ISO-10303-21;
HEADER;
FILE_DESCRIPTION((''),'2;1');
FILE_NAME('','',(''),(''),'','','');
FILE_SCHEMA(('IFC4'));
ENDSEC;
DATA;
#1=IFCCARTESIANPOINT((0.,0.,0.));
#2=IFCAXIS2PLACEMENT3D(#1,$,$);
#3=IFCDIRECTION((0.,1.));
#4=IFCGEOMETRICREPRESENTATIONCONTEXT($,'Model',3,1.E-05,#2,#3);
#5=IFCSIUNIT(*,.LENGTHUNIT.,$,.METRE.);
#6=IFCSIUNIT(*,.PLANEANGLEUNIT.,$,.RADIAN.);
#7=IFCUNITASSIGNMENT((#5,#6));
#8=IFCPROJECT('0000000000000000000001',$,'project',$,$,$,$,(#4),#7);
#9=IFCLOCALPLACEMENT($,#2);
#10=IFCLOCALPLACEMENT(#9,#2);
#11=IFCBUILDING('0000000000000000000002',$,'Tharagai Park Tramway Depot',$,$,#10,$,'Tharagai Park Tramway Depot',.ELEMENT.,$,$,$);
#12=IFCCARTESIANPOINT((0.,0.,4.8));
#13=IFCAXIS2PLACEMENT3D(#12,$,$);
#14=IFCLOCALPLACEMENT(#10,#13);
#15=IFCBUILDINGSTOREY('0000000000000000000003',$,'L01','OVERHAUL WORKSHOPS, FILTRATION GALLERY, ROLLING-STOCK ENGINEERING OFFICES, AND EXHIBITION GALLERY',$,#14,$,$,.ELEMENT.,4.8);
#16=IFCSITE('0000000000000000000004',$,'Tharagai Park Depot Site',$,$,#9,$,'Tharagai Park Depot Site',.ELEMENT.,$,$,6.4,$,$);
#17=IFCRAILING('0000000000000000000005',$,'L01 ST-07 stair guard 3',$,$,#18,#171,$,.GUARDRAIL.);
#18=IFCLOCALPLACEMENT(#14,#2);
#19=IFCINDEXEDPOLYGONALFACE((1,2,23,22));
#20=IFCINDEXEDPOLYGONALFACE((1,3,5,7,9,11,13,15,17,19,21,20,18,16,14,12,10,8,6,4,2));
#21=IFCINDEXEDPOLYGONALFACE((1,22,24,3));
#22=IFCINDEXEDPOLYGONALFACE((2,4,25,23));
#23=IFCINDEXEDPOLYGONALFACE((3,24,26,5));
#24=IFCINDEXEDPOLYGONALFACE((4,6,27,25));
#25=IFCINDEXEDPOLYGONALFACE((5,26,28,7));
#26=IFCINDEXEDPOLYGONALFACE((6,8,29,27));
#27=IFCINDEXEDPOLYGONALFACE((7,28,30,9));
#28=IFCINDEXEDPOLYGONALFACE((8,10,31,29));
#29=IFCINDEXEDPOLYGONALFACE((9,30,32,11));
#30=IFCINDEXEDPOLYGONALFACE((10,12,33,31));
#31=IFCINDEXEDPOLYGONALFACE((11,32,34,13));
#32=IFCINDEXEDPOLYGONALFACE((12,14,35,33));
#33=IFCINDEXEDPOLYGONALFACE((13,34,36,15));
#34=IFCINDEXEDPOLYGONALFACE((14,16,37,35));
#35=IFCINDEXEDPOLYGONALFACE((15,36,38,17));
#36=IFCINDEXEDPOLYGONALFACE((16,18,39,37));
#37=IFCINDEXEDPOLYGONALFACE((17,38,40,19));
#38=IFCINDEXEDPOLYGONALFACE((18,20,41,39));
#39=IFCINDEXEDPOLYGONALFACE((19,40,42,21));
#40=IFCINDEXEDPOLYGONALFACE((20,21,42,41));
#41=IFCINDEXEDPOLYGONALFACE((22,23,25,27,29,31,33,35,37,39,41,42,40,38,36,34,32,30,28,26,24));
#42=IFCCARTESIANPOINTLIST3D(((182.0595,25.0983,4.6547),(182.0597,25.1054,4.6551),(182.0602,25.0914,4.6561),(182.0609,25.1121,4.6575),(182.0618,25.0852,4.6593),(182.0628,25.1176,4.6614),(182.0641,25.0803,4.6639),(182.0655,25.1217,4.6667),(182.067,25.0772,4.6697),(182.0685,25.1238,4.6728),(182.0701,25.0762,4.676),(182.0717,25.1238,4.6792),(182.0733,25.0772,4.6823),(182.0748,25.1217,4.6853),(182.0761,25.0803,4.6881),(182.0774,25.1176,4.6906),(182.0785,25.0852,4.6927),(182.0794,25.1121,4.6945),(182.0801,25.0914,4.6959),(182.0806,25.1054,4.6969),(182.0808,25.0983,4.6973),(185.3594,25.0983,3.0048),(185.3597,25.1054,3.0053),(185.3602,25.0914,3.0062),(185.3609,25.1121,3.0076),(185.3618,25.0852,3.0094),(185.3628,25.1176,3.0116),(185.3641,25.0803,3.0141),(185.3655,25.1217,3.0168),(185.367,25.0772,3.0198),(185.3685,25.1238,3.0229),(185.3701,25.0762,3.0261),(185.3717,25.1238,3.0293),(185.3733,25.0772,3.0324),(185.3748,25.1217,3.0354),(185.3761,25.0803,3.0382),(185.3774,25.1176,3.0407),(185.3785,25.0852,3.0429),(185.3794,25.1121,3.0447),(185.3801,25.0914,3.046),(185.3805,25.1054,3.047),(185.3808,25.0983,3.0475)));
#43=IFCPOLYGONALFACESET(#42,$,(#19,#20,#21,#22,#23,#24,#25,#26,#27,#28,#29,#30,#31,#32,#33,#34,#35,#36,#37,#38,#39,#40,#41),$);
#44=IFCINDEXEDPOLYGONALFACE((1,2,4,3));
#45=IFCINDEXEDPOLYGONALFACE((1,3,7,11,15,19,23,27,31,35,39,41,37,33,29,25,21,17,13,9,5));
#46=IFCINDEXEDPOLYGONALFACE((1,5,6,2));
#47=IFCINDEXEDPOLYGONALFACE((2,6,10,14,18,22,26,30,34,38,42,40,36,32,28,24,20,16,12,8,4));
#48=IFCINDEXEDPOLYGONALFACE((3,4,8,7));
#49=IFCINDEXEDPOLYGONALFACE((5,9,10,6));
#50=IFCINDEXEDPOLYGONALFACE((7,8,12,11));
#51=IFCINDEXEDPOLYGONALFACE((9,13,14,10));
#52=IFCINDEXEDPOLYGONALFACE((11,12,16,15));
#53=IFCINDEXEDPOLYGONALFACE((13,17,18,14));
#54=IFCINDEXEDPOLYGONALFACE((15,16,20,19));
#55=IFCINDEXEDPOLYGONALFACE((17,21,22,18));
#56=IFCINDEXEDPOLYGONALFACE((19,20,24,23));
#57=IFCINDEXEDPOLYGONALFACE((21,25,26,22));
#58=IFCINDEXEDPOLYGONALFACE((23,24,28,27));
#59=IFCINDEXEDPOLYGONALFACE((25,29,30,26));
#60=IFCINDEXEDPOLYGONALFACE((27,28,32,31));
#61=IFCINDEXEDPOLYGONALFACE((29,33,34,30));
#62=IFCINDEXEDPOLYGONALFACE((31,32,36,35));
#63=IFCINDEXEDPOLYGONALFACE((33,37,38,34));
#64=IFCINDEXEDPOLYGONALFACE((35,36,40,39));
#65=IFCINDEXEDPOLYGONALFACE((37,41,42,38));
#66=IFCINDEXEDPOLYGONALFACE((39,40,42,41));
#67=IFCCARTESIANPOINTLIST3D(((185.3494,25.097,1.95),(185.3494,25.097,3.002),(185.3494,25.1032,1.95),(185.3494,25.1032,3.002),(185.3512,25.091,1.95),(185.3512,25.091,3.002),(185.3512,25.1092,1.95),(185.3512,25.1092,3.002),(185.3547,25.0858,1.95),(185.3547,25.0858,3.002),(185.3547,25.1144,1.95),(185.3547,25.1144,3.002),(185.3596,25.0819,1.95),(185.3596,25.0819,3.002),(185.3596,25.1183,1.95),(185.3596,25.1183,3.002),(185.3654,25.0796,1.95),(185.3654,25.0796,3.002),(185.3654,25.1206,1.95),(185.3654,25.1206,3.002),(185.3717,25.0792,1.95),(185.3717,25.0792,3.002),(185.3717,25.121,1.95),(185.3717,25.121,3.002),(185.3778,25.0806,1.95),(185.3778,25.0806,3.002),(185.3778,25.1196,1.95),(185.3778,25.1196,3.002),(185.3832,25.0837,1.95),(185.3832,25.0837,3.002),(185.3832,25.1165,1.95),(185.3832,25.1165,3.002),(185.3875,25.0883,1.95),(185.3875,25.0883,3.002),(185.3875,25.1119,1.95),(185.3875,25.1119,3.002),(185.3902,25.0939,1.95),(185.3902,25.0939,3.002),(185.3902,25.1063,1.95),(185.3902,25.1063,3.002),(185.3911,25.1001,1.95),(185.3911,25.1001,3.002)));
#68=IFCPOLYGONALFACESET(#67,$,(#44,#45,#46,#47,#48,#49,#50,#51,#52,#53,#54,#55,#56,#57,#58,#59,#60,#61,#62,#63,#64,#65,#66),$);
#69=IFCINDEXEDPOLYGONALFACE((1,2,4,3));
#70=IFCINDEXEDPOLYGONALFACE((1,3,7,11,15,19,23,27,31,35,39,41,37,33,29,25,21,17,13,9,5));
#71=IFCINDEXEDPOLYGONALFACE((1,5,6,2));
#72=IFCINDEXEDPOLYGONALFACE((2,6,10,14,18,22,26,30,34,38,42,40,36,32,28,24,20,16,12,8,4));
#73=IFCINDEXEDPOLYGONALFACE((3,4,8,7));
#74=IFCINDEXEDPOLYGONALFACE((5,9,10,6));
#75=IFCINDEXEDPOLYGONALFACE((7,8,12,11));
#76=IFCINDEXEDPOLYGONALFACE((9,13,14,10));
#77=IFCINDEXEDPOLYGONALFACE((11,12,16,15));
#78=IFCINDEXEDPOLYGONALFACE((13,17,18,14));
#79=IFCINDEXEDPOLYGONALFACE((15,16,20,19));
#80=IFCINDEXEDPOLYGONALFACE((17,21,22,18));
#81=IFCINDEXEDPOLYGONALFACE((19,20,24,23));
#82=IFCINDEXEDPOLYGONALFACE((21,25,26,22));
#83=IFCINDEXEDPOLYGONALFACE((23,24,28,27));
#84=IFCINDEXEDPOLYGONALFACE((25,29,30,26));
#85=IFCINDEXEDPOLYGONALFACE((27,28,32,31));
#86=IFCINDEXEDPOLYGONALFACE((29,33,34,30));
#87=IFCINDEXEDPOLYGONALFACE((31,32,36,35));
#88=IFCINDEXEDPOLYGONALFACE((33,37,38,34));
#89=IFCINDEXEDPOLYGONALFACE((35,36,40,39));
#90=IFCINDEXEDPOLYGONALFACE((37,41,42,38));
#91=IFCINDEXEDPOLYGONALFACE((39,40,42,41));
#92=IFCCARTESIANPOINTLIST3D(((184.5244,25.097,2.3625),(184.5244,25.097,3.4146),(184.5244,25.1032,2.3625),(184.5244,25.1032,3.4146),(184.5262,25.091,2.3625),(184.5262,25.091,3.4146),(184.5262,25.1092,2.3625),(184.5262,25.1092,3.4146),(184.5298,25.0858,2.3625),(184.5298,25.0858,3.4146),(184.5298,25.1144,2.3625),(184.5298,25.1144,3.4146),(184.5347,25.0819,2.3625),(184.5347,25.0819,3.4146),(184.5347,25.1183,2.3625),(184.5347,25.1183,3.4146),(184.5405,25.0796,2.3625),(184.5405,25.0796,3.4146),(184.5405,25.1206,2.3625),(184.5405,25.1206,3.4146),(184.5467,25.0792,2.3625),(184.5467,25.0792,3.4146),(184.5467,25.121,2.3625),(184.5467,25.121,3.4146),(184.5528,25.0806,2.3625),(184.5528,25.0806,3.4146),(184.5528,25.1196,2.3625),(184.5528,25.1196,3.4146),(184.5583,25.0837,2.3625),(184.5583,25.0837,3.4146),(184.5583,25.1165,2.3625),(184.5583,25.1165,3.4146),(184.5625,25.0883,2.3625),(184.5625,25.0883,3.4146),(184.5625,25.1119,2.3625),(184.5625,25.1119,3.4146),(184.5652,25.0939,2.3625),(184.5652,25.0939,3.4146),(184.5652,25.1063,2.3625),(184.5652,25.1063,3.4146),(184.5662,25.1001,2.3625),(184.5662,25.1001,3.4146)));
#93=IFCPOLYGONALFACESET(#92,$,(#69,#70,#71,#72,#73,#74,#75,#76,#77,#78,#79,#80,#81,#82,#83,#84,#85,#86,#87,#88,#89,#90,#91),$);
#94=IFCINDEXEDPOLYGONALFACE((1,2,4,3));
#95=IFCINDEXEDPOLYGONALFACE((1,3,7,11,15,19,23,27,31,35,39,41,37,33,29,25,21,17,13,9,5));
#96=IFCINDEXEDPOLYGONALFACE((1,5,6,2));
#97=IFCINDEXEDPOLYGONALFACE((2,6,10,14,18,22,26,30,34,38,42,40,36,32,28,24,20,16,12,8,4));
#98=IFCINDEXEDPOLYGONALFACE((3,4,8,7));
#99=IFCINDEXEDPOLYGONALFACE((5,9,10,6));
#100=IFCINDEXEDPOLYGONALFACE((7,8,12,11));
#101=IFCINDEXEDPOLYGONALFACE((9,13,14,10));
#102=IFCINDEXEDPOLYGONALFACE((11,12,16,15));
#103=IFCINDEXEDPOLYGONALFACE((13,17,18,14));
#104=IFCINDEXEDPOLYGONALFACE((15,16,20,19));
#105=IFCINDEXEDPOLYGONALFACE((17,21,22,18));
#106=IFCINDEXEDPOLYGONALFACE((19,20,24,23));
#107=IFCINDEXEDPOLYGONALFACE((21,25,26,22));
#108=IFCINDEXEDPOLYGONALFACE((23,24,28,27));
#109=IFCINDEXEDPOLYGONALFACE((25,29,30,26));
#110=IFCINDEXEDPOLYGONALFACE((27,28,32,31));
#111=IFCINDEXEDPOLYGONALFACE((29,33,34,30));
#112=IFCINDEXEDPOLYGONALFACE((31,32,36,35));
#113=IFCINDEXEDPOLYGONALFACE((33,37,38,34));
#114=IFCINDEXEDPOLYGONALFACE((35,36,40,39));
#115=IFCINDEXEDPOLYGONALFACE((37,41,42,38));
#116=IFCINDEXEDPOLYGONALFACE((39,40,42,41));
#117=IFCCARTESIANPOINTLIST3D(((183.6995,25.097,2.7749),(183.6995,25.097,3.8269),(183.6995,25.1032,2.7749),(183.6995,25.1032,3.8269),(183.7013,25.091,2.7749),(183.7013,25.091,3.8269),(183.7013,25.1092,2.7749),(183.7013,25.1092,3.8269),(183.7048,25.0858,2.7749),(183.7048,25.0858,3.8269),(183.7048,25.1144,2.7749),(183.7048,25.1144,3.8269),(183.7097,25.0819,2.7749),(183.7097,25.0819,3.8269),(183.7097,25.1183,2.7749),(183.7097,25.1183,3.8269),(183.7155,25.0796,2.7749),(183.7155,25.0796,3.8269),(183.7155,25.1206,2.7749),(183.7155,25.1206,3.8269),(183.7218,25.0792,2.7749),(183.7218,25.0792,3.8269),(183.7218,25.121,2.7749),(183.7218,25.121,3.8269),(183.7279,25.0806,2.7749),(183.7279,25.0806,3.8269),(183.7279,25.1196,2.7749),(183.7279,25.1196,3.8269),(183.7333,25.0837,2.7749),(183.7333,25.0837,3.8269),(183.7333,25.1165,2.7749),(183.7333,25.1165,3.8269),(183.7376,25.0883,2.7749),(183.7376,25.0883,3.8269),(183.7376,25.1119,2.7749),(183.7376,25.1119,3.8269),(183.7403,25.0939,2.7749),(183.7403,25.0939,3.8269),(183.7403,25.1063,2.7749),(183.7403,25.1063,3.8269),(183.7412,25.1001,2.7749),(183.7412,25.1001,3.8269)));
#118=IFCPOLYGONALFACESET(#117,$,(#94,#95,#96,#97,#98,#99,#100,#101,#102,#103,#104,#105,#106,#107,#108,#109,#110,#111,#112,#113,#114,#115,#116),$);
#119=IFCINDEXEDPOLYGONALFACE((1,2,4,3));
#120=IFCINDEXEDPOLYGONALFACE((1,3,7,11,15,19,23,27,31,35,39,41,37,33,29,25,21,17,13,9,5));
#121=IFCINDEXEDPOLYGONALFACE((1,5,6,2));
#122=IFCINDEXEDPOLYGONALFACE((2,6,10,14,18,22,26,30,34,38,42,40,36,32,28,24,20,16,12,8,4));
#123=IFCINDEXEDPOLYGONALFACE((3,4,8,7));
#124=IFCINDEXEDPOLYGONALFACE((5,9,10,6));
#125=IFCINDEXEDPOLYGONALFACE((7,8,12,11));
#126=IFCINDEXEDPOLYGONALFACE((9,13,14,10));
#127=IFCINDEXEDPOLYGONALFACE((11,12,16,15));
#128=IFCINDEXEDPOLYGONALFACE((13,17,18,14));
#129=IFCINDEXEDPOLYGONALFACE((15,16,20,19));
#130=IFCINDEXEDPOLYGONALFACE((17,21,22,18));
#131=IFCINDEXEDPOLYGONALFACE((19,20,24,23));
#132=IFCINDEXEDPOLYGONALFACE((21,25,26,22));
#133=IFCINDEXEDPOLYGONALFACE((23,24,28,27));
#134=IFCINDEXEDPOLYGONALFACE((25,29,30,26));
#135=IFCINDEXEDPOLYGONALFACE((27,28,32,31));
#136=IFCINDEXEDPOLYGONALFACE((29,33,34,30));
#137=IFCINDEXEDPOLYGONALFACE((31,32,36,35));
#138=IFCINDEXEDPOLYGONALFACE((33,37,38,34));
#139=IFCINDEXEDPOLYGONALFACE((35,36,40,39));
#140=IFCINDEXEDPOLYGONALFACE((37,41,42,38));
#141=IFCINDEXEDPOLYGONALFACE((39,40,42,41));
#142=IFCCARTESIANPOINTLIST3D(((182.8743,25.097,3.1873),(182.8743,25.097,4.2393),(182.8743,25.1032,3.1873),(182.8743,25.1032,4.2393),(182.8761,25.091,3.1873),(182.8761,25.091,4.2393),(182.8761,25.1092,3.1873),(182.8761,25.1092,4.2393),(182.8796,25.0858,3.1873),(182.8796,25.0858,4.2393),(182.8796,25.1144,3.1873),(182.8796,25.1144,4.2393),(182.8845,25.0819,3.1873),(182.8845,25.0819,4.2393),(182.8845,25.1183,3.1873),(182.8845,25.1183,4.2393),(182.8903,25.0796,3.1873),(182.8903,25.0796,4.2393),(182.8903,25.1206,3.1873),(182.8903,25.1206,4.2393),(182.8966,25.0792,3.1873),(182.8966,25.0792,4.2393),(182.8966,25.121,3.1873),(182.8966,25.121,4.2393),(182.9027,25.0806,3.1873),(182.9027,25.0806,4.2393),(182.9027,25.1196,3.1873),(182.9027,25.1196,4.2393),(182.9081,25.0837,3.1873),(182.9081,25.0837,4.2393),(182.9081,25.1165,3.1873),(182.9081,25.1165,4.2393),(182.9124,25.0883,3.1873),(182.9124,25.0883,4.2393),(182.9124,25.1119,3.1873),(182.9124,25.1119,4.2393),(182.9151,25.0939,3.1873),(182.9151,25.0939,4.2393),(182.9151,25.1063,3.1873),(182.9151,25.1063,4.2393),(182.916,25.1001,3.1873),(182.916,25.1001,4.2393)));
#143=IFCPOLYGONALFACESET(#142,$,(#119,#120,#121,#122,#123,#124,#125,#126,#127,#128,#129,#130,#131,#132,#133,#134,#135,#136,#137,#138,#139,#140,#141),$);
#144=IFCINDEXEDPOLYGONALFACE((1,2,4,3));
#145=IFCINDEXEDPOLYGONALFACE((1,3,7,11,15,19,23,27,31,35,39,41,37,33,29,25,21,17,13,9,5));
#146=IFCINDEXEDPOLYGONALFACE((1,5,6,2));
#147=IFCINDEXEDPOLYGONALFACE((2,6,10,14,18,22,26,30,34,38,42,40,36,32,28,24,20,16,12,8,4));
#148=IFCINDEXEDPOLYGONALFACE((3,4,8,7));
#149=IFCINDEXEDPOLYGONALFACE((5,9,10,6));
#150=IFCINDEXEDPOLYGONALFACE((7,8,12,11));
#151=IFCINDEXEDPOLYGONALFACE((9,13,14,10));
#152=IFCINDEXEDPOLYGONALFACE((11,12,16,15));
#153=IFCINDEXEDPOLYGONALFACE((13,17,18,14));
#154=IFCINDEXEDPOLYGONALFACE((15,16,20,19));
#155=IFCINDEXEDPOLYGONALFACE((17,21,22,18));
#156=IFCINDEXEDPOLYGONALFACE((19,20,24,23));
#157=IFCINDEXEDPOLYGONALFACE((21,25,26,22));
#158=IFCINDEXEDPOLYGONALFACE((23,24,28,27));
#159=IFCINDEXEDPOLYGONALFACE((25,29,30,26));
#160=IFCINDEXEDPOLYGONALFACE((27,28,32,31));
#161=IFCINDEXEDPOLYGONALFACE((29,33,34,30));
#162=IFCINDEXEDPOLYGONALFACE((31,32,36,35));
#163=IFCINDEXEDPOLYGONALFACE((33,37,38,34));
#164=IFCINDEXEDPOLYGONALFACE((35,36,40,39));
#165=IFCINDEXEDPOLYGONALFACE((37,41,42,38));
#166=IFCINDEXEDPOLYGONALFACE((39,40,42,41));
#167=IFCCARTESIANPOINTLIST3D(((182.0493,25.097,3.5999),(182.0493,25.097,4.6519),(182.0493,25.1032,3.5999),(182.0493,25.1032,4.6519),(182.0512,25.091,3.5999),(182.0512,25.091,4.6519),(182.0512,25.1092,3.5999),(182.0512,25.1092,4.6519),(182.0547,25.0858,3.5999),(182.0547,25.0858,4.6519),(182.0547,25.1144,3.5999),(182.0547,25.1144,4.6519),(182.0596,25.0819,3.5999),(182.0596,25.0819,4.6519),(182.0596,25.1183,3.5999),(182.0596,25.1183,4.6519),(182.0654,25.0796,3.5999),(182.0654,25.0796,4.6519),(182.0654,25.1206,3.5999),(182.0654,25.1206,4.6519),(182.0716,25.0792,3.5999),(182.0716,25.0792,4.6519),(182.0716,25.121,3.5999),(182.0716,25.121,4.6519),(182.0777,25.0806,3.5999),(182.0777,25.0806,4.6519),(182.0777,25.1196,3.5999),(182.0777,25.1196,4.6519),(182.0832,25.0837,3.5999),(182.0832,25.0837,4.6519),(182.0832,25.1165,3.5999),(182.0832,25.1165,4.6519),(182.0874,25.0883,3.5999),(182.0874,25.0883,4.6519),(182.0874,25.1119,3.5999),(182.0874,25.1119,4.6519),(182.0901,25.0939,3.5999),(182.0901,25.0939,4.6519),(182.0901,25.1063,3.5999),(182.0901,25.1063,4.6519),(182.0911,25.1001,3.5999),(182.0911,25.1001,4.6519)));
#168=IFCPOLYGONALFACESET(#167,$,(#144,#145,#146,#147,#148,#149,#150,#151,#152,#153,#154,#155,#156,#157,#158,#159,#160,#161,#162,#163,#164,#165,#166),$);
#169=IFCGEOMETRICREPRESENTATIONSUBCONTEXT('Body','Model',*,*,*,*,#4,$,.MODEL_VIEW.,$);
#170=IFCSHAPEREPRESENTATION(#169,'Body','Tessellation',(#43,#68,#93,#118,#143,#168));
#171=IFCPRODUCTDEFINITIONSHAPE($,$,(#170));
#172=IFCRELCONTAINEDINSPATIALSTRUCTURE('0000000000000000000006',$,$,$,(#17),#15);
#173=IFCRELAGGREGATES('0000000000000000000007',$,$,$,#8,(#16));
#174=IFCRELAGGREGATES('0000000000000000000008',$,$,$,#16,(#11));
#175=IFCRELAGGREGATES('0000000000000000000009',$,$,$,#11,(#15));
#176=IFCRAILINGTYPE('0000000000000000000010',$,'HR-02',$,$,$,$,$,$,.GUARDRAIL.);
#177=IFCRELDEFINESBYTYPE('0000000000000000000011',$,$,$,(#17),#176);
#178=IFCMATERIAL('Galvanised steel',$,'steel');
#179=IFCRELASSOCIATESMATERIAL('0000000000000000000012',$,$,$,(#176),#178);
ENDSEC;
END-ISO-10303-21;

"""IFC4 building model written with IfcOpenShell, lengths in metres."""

from ifc_helpers import new_model, si_unit, direction, frame, origin, origin_2d, place, context, subcontext, project, spatial, circle, extrude, material, type_object, element, save


model = new_model("IFC4")

# Units and contexts
model_context = context("Model", 3, precision=1e-05, world=origin(), true_north=direction((0.0, 1.0)))
body_context = subcontext(model_context, "Body", "Model", "MODEL_VIEW")
ifc_project = project(units=[si_unit("LENGTHUNIT", "METRE"), si_unit("PLANEANGLEUNIT", "RADIAN")], contexts=[model_context])

# Site, building, storey
site_placement = place(None, origin())
site = spatial("IfcSite", under=ifc_project, at=site_placement, Name="Tharagai Park Depot Site", LongName="Tharagai Park Depot Site", CompositionType="ELEMENT", RefElevation=6.4)
building_placement = place(site_placement, origin())
building = spatial("IfcBuilding", under=site, at=building_placement, Name="Tharagai Park Tramway Depot", LongName="Tharagai Park Tramway Depot", CompositionType="ELEMENT")
storey_placement = place(building_placement, frame((0.0, 0.0, 4.8)))
storey = spatial("IfcBuildingStorey", under=building, at=storey_placement, Name="L01", Description="OVERHAUL WORKSHOPS, FILTRATION GALLERY, ROLLING-STOCK ENGINEERING OFFICES, AND EXHIBITION GALLERY", CompositionType="ELEMENT", Elevation=4.8)

# Shared definitions
ifc_material_1 = material(Name="Galvanised steel", Category="steel")

# Railing
railing_type_1 = type_object("IfcRailingType", Name="HR-02", PredefinedType="GUARDRAIL", material=ifc_material_1)
railing_1_placement = place(storey_placement, frame((185.3701, 25.1001, 1.95)))
element("IfcRailing", 1, at=railing_1_placement, inside=storey, type_object=railing_type_1, Name="L01 ST-07 stair guard 3", PredefinedType="GUARDRAIL", context=body_context, shape_type="SweptSolid", body=[
    extrude(circle(Radius=0.0239, at=origin_2d()), frame((0.0, 0.0, 1.0762), z_axis=(-0.89444, 0.0, 0.447187), x_axis=(0.0, -1.0, 0.0)), (0.0, 0.0, 1.0), 3.6895),
    extrude(circle(Radius=0.021, at=origin_2d()), origin(), (0.0, 0.0, 1.0), 1.052),
    extrude(circle(Radius=0.021, at=origin_2d()), frame((-0.825, 0.0, 0.4126)), (0.0, 0.0, 1.0), 1.052),
    extrude(circle(Radius=0.021, at=origin_2d()), frame((-1.6499, 0.0, 0.825)), (0.0, 0.0, 1.0), 1.052),
    extrude(circle(Radius=0.021, at=origin_2d()), frame((-2.4751, 0.0, 1.2373)), (0.0, 0.0, 1.0), 1.052),
    extrude(circle(Radius=0.021, at=origin_2d()), frame((-3.3, 0.0, 1.6499)), (0.0, 0.0, 1.0), 1.052),
])

save(model, "model.ifc")
